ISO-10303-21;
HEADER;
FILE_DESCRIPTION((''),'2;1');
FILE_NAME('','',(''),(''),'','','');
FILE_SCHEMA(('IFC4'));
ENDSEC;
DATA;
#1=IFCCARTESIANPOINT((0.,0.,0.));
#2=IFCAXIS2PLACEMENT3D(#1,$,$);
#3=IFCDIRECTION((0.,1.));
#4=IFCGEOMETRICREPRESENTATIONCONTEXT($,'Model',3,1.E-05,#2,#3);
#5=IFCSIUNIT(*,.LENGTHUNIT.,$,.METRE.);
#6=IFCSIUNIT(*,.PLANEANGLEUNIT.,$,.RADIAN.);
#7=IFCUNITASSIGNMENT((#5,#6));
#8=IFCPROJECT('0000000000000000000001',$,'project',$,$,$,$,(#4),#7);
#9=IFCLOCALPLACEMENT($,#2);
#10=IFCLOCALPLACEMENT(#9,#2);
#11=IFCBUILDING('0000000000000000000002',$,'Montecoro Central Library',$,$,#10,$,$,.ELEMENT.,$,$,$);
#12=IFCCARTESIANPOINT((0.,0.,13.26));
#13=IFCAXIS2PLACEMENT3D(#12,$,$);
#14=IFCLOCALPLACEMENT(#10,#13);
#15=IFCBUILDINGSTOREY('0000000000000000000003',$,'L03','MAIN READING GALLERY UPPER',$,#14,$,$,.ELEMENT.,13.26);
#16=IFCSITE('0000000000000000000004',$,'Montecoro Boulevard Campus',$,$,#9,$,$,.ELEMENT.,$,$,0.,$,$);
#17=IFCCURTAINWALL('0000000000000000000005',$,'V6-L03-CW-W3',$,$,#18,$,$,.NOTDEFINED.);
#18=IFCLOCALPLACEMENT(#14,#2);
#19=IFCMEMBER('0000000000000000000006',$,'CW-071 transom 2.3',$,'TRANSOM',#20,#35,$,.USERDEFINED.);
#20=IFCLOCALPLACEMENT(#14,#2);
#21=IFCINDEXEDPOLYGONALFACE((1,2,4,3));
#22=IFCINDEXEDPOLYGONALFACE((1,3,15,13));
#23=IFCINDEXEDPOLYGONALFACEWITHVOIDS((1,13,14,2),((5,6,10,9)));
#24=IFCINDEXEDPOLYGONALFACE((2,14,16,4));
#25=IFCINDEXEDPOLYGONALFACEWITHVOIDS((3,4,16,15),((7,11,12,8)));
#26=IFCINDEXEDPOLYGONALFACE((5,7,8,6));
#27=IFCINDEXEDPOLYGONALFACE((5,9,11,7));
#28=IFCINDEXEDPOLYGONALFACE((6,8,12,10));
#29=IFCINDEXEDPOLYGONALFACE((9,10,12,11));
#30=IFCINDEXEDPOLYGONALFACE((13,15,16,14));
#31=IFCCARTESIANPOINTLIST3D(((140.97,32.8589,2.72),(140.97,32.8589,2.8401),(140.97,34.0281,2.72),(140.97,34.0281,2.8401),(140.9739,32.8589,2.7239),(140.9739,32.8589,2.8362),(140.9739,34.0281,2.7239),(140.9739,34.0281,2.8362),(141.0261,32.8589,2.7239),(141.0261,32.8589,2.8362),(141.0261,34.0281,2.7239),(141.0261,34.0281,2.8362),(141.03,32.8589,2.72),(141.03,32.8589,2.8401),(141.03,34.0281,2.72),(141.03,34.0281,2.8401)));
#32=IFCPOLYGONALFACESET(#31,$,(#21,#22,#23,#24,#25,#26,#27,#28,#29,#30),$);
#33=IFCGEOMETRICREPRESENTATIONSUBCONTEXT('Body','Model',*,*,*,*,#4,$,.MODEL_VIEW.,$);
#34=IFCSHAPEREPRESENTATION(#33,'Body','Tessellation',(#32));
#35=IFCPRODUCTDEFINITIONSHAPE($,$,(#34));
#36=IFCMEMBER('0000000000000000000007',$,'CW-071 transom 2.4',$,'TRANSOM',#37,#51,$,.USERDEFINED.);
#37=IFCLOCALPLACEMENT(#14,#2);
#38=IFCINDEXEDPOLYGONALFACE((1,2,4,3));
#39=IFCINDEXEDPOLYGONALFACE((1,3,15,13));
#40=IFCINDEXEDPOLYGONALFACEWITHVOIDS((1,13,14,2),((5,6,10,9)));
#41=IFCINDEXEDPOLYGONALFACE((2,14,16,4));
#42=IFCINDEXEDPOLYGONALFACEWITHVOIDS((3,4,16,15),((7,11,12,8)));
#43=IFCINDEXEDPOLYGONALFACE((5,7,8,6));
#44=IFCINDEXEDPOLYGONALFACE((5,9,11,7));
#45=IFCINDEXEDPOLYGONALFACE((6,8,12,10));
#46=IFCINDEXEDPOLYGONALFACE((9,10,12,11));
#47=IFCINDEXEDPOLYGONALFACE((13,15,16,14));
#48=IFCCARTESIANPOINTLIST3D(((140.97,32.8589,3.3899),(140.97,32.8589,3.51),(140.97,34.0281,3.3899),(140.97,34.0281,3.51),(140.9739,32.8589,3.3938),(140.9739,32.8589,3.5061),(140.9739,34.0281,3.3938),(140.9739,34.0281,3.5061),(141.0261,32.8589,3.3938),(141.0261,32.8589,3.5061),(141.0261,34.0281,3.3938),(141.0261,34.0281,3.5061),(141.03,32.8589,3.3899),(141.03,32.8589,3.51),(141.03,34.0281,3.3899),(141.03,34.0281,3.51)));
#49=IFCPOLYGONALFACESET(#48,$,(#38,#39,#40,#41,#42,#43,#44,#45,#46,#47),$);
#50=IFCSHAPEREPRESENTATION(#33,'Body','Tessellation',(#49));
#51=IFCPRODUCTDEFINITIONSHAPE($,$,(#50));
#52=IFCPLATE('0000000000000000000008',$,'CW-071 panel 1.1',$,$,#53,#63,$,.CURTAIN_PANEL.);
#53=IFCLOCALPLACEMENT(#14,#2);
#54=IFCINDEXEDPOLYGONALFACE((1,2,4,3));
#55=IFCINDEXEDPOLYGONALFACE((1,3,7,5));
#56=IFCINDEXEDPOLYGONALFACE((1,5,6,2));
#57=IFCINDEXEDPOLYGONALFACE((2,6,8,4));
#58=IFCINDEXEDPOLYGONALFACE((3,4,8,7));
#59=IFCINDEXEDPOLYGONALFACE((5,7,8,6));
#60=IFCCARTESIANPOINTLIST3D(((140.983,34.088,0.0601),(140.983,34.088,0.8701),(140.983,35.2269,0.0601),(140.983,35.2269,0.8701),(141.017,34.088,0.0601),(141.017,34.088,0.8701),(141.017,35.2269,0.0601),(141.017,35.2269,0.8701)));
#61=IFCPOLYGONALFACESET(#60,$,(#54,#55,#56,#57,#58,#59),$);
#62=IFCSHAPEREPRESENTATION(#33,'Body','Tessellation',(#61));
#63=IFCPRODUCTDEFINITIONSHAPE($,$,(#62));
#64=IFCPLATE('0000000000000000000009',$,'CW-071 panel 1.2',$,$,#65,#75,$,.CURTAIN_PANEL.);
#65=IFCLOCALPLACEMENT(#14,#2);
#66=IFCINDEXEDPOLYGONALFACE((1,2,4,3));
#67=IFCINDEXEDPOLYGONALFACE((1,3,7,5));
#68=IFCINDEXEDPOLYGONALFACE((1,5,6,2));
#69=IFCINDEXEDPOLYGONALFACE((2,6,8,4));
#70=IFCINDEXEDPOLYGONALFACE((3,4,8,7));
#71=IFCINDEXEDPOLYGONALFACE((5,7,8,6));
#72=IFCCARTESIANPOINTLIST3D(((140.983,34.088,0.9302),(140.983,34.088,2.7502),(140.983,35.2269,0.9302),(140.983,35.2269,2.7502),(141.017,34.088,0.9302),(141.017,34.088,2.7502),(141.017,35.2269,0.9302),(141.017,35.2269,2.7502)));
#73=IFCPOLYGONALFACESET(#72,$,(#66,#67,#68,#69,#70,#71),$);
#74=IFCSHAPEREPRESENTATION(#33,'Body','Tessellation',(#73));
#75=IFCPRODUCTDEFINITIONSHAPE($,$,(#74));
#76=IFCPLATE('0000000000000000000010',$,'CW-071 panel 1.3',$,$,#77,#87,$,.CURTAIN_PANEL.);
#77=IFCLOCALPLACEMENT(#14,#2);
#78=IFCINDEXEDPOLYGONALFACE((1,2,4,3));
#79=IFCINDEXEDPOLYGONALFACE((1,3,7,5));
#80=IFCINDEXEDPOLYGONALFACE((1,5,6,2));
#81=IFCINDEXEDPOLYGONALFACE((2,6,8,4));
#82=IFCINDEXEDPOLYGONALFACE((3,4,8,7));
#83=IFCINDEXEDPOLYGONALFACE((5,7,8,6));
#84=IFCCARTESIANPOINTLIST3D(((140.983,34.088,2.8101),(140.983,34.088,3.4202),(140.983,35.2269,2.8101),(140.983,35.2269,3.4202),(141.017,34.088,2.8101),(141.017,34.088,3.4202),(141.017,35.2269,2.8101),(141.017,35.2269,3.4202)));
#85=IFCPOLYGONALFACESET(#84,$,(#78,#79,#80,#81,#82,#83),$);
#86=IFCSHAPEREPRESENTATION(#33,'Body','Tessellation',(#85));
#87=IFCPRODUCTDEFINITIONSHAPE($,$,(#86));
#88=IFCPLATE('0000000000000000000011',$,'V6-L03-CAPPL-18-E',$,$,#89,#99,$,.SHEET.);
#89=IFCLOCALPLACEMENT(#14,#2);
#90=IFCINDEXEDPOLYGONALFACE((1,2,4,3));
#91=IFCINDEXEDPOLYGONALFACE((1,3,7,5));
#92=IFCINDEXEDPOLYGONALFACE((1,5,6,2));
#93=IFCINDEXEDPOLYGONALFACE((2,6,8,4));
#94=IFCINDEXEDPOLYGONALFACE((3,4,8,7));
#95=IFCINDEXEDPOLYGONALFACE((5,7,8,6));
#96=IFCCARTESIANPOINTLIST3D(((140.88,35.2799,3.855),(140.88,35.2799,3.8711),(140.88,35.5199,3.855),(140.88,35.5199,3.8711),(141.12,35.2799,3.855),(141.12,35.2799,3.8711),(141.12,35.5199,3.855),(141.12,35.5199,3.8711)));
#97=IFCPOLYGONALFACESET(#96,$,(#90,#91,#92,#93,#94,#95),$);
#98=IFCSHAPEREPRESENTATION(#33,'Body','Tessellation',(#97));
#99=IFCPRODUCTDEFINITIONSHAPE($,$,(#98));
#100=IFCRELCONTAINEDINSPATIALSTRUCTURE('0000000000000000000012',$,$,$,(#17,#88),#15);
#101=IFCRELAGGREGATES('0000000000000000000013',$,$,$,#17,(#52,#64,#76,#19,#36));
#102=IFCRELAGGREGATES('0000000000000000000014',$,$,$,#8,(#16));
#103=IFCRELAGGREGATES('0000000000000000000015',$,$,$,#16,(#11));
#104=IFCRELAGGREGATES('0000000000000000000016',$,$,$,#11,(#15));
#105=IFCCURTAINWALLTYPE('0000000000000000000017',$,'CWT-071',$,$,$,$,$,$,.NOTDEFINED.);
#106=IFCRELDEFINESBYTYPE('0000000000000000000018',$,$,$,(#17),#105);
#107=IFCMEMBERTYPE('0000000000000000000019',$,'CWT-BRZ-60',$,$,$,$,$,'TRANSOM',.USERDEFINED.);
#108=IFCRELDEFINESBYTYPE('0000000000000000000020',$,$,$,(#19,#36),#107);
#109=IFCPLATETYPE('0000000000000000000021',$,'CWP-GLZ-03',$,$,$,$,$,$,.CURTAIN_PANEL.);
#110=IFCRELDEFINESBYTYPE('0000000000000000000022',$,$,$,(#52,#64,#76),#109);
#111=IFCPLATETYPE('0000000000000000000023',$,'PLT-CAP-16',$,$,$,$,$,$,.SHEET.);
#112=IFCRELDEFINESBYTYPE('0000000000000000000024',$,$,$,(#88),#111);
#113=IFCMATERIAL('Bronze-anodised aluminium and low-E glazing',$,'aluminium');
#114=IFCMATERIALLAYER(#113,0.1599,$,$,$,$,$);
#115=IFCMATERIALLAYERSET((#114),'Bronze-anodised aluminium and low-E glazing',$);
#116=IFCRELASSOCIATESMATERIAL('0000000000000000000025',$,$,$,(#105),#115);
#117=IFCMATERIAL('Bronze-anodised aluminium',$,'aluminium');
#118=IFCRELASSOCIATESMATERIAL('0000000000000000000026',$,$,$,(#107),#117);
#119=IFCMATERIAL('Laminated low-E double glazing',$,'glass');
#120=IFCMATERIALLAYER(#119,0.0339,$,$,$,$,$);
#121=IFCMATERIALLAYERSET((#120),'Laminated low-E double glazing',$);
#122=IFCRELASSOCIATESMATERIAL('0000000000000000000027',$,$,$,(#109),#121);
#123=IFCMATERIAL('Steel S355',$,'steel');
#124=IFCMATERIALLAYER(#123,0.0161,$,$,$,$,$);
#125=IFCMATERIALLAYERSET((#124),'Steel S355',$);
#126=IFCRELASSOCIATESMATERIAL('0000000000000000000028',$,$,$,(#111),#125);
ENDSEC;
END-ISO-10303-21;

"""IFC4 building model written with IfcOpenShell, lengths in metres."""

from ifc_helpers import new_model, si_unit, direction, frame, origin, origin_2d, place, context, subcontext, project, spatial, rectangle, hollow_rectangle, extrude, material, layer, layer_set, material_profile, profile_set, type_object, element, aggregate, save


model = new_model("IFC4")

# Units and contexts
model_context = context("Model", 3, precision=1e-05, world=origin(), true_north=direction((0.0, 1.0)))
body_context = subcontext(model_context, "Body", "Model", "MODEL_VIEW")
ifc_project = project(units=[si_unit("LENGTHUNIT", "METRE"), si_unit("PLANEANGLEUNIT", "RADIAN")], contexts=[model_context])

# Site, building, storey
site_placement = place(None, origin())
site = spatial("IfcSite", under=ifc_project, at=site_placement, Name="Montecoro Boulevard Campus", CompositionType="ELEMENT", RefElevation=0.0)
building_placement = place(site_placement, origin())
building = spatial("IfcBuilding", under=site, at=building_placement, Name="Montecoro Central Library", CompositionType="ELEMENT")
storey_placement = place(building_placement, frame((0.0, 0.0, 13.26)))
storey = spatial("IfcBuildingStorey", under=building, at=storey_placement, Name="L03", Description="MAIN READING GALLERY UPPER", CompositionType="ELEMENT", Elevation=13.26)

# Shared definitions
ifc_material_1 = material(Name="Steel S355", Category="steel")

# Curtain wall, members, plates
ifc_material_2 = material(Name="Bronze-anodised aluminium and low-E glazing", Category="aluminium")
ifc_layer_1 = layer(ifc_material_2, 0.1599)
ifc_layer_set_1 = layer_set([ifc_layer_1], Name="Bronze-anodised aluminium and low-E glazing")
curtain_wall_type = type_object("IfcCurtainWallType", Name="CWT-071", PredefinedType="NOTDEFINED", material=ifc_layer_set_1)
curtain_wall_placement = place(storey_placement, origin())
curtain_wall = element("IfcCurtainWall", 1, at=curtain_wall_placement, inside=storey, type_object=curtain_wall_type, Name="V6-L03-CW-W3", PredefinedType="NOTDEFINED")
ifc_material_3 = material(Name="Bronze-anodised aluminium", Category="aluminium")
ifc_material_profile_1 = material_profile(ifc_material_3, hollow_rectangle(XDim=0.0601, YDim=0.1201, WallThickness=0.0039, at=origin_2d()), Name="CWT 120x60x4.0")
ifc_profile_set_1 = profile_set([ifc_material_profile_1], Name="Bronze-anodised aluminium")
member_type_1 = type_object("IfcMemberType", Name="CWT-BRZ-60", ElementType="TRANSOM", PredefinedType="USERDEFINED", material=ifc_profile_set_1)
member_1_placement = place(storey_placement, frame((141.0, 34.0281, 2.78), z_axis=(0.0, -1.0, 0.0), x_axis=(1.0, 0.0, 0.0)))
member_1 = element("IfcMember", 2, at=member_1_placement, type_object=member_type_1, Name="CW-071 transom 2.3", ObjectType="TRANSOM", PredefinedType="USERDEFINED", context=body_context, shape_type="SweptSolid", body=[
    extrude(hollow_rectangle(XDim=0.0601, YDim=0.1201, WallThickness=0.0039, at=origin_2d()), origin(), (0.0, 0.0, 1.0), 1.1692),
])
member_2_placement = place(storey_placement, frame((141.0, 34.0281, 3.45), z_axis=(0.0, -1.0, 0.0), x_axis=(1.0, 0.0, 0.0)))
member_2 = element("IfcMember", 3, at=member_2_placement, type_object=member_type_1, Name="CW-071 transom 2.4", ObjectType="TRANSOM", PredefinedType="USERDEFINED", context=body_context, shape_type="SweptSolid", body=[
    extrude(hollow_rectangle(XDim=0.0601, YDim=0.1201, WallThickness=0.0039, at=origin_2d()), origin(), (0.0, 0.0, 1.0), 1.1692),
])
ifc_material_4 = material(Name="Laminated low-E double glazing", Category="glass")
ifc_layer_2 = layer(ifc_material_4, 0.0339)
ifc_layer_set_2 = layer_set([ifc_layer_2], Name="Laminated low-E double glazing")
plate_type_1 = type_object("IfcPlateType", Name="CWP-GLZ-03", PredefinedType="CURTAIN_PANEL", material=ifc_layer_set_2)
plate_1_placement = place(storey_placement, frame((141.0, 34.6575, 0.0601), z_axis=(0.0, 0.0, 1.0), x_axis=(0.0, -1.0, 0.0)))
plate_1 = element("IfcPlate", 4, at=plate_1_placement, type_object=plate_type_1, Name="CW-071 panel 1.1", PredefinedType="CURTAIN_PANEL", context=body_context, shape_type="SweptSolid", body=[
    extrude(rectangle(XDim=1.1389, YDim=0.0339, at=origin_2d()), origin(), (0.0, 0.0, 1.0), 0.8101),
])
plate_2_placement = place(storey_placement, frame((141.0, 34.6575, 0.9302), z_axis=(0.0, 0.0, 1.0), x_axis=(0.0, -1.0, 0.0)))
plate_2 = element("IfcPlate", 5, at=plate_2_placement, type_object=plate_type_1, Name="CW-071 panel 1.2", PredefinedType="CURTAIN_PANEL", context=body_context, shape_type="SweptSolid", body=[
    extrude(rectangle(XDim=1.1389, YDim=0.0339, at=origin_2d()), origin(), (0.0, 0.0, 1.0), 1.8201),
])
plate_3_placement = place(storey_placement, frame((141.0, 34.6575, 2.8101), z_axis=(0.0, 0.0, 1.0), x_axis=(0.0, -1.0, 0.0)))
plate_3 = element("IfcPlate", 6, at=plate_3_placement, type_object=plate_type_1, Name="CW-071 panel 1.3", PredefinedType="CURTAIN_PANEL", context=body_context, shape_type="SweptSolid", body=[
    extrude(rectangle(XDim=1.1389, YDim=0.0339, at=origin_2d()), origin(), (0.0, 0.0, 1.0), 0.6101),
])
aggregate(curtain_wall, [plate_1, plate_2, plate_3, member_1, member_2])

# Plate
ifc_layer_3 = layer(ifc_material_1, 0.0161)
ifc_layer_set_3 = layer_set([ifc_layer_3], Name="Steel S355")
plate_type_2 = type_object("IfcPlateType", Name="PLT-CAP-16", PredefinedType="SHEET", material=ifc_layer_set_3)
plate_4_placement = place(storey_placement, frame((141.0, 35.3999, 3.855), z_axis=(0.0, 0.0, 1.0), x_axis=(1.0, 0.0, 0.0)))
element("IfcPlate", 7, at=plate_4_placement, inside=storey, type_object=plate_type_2, Name="V6-L03-CAPPL-18-E", PredefinedType="SHEET", context=body_context, shape_type="SweptSolid", body=[
    extrude(rectangle(XDim=0.24, YDim=0.24, at=origin_2d()), origin(), (0.0, 0.0, 1.0), 0.0161),
])

save(model, "model.ifc")
